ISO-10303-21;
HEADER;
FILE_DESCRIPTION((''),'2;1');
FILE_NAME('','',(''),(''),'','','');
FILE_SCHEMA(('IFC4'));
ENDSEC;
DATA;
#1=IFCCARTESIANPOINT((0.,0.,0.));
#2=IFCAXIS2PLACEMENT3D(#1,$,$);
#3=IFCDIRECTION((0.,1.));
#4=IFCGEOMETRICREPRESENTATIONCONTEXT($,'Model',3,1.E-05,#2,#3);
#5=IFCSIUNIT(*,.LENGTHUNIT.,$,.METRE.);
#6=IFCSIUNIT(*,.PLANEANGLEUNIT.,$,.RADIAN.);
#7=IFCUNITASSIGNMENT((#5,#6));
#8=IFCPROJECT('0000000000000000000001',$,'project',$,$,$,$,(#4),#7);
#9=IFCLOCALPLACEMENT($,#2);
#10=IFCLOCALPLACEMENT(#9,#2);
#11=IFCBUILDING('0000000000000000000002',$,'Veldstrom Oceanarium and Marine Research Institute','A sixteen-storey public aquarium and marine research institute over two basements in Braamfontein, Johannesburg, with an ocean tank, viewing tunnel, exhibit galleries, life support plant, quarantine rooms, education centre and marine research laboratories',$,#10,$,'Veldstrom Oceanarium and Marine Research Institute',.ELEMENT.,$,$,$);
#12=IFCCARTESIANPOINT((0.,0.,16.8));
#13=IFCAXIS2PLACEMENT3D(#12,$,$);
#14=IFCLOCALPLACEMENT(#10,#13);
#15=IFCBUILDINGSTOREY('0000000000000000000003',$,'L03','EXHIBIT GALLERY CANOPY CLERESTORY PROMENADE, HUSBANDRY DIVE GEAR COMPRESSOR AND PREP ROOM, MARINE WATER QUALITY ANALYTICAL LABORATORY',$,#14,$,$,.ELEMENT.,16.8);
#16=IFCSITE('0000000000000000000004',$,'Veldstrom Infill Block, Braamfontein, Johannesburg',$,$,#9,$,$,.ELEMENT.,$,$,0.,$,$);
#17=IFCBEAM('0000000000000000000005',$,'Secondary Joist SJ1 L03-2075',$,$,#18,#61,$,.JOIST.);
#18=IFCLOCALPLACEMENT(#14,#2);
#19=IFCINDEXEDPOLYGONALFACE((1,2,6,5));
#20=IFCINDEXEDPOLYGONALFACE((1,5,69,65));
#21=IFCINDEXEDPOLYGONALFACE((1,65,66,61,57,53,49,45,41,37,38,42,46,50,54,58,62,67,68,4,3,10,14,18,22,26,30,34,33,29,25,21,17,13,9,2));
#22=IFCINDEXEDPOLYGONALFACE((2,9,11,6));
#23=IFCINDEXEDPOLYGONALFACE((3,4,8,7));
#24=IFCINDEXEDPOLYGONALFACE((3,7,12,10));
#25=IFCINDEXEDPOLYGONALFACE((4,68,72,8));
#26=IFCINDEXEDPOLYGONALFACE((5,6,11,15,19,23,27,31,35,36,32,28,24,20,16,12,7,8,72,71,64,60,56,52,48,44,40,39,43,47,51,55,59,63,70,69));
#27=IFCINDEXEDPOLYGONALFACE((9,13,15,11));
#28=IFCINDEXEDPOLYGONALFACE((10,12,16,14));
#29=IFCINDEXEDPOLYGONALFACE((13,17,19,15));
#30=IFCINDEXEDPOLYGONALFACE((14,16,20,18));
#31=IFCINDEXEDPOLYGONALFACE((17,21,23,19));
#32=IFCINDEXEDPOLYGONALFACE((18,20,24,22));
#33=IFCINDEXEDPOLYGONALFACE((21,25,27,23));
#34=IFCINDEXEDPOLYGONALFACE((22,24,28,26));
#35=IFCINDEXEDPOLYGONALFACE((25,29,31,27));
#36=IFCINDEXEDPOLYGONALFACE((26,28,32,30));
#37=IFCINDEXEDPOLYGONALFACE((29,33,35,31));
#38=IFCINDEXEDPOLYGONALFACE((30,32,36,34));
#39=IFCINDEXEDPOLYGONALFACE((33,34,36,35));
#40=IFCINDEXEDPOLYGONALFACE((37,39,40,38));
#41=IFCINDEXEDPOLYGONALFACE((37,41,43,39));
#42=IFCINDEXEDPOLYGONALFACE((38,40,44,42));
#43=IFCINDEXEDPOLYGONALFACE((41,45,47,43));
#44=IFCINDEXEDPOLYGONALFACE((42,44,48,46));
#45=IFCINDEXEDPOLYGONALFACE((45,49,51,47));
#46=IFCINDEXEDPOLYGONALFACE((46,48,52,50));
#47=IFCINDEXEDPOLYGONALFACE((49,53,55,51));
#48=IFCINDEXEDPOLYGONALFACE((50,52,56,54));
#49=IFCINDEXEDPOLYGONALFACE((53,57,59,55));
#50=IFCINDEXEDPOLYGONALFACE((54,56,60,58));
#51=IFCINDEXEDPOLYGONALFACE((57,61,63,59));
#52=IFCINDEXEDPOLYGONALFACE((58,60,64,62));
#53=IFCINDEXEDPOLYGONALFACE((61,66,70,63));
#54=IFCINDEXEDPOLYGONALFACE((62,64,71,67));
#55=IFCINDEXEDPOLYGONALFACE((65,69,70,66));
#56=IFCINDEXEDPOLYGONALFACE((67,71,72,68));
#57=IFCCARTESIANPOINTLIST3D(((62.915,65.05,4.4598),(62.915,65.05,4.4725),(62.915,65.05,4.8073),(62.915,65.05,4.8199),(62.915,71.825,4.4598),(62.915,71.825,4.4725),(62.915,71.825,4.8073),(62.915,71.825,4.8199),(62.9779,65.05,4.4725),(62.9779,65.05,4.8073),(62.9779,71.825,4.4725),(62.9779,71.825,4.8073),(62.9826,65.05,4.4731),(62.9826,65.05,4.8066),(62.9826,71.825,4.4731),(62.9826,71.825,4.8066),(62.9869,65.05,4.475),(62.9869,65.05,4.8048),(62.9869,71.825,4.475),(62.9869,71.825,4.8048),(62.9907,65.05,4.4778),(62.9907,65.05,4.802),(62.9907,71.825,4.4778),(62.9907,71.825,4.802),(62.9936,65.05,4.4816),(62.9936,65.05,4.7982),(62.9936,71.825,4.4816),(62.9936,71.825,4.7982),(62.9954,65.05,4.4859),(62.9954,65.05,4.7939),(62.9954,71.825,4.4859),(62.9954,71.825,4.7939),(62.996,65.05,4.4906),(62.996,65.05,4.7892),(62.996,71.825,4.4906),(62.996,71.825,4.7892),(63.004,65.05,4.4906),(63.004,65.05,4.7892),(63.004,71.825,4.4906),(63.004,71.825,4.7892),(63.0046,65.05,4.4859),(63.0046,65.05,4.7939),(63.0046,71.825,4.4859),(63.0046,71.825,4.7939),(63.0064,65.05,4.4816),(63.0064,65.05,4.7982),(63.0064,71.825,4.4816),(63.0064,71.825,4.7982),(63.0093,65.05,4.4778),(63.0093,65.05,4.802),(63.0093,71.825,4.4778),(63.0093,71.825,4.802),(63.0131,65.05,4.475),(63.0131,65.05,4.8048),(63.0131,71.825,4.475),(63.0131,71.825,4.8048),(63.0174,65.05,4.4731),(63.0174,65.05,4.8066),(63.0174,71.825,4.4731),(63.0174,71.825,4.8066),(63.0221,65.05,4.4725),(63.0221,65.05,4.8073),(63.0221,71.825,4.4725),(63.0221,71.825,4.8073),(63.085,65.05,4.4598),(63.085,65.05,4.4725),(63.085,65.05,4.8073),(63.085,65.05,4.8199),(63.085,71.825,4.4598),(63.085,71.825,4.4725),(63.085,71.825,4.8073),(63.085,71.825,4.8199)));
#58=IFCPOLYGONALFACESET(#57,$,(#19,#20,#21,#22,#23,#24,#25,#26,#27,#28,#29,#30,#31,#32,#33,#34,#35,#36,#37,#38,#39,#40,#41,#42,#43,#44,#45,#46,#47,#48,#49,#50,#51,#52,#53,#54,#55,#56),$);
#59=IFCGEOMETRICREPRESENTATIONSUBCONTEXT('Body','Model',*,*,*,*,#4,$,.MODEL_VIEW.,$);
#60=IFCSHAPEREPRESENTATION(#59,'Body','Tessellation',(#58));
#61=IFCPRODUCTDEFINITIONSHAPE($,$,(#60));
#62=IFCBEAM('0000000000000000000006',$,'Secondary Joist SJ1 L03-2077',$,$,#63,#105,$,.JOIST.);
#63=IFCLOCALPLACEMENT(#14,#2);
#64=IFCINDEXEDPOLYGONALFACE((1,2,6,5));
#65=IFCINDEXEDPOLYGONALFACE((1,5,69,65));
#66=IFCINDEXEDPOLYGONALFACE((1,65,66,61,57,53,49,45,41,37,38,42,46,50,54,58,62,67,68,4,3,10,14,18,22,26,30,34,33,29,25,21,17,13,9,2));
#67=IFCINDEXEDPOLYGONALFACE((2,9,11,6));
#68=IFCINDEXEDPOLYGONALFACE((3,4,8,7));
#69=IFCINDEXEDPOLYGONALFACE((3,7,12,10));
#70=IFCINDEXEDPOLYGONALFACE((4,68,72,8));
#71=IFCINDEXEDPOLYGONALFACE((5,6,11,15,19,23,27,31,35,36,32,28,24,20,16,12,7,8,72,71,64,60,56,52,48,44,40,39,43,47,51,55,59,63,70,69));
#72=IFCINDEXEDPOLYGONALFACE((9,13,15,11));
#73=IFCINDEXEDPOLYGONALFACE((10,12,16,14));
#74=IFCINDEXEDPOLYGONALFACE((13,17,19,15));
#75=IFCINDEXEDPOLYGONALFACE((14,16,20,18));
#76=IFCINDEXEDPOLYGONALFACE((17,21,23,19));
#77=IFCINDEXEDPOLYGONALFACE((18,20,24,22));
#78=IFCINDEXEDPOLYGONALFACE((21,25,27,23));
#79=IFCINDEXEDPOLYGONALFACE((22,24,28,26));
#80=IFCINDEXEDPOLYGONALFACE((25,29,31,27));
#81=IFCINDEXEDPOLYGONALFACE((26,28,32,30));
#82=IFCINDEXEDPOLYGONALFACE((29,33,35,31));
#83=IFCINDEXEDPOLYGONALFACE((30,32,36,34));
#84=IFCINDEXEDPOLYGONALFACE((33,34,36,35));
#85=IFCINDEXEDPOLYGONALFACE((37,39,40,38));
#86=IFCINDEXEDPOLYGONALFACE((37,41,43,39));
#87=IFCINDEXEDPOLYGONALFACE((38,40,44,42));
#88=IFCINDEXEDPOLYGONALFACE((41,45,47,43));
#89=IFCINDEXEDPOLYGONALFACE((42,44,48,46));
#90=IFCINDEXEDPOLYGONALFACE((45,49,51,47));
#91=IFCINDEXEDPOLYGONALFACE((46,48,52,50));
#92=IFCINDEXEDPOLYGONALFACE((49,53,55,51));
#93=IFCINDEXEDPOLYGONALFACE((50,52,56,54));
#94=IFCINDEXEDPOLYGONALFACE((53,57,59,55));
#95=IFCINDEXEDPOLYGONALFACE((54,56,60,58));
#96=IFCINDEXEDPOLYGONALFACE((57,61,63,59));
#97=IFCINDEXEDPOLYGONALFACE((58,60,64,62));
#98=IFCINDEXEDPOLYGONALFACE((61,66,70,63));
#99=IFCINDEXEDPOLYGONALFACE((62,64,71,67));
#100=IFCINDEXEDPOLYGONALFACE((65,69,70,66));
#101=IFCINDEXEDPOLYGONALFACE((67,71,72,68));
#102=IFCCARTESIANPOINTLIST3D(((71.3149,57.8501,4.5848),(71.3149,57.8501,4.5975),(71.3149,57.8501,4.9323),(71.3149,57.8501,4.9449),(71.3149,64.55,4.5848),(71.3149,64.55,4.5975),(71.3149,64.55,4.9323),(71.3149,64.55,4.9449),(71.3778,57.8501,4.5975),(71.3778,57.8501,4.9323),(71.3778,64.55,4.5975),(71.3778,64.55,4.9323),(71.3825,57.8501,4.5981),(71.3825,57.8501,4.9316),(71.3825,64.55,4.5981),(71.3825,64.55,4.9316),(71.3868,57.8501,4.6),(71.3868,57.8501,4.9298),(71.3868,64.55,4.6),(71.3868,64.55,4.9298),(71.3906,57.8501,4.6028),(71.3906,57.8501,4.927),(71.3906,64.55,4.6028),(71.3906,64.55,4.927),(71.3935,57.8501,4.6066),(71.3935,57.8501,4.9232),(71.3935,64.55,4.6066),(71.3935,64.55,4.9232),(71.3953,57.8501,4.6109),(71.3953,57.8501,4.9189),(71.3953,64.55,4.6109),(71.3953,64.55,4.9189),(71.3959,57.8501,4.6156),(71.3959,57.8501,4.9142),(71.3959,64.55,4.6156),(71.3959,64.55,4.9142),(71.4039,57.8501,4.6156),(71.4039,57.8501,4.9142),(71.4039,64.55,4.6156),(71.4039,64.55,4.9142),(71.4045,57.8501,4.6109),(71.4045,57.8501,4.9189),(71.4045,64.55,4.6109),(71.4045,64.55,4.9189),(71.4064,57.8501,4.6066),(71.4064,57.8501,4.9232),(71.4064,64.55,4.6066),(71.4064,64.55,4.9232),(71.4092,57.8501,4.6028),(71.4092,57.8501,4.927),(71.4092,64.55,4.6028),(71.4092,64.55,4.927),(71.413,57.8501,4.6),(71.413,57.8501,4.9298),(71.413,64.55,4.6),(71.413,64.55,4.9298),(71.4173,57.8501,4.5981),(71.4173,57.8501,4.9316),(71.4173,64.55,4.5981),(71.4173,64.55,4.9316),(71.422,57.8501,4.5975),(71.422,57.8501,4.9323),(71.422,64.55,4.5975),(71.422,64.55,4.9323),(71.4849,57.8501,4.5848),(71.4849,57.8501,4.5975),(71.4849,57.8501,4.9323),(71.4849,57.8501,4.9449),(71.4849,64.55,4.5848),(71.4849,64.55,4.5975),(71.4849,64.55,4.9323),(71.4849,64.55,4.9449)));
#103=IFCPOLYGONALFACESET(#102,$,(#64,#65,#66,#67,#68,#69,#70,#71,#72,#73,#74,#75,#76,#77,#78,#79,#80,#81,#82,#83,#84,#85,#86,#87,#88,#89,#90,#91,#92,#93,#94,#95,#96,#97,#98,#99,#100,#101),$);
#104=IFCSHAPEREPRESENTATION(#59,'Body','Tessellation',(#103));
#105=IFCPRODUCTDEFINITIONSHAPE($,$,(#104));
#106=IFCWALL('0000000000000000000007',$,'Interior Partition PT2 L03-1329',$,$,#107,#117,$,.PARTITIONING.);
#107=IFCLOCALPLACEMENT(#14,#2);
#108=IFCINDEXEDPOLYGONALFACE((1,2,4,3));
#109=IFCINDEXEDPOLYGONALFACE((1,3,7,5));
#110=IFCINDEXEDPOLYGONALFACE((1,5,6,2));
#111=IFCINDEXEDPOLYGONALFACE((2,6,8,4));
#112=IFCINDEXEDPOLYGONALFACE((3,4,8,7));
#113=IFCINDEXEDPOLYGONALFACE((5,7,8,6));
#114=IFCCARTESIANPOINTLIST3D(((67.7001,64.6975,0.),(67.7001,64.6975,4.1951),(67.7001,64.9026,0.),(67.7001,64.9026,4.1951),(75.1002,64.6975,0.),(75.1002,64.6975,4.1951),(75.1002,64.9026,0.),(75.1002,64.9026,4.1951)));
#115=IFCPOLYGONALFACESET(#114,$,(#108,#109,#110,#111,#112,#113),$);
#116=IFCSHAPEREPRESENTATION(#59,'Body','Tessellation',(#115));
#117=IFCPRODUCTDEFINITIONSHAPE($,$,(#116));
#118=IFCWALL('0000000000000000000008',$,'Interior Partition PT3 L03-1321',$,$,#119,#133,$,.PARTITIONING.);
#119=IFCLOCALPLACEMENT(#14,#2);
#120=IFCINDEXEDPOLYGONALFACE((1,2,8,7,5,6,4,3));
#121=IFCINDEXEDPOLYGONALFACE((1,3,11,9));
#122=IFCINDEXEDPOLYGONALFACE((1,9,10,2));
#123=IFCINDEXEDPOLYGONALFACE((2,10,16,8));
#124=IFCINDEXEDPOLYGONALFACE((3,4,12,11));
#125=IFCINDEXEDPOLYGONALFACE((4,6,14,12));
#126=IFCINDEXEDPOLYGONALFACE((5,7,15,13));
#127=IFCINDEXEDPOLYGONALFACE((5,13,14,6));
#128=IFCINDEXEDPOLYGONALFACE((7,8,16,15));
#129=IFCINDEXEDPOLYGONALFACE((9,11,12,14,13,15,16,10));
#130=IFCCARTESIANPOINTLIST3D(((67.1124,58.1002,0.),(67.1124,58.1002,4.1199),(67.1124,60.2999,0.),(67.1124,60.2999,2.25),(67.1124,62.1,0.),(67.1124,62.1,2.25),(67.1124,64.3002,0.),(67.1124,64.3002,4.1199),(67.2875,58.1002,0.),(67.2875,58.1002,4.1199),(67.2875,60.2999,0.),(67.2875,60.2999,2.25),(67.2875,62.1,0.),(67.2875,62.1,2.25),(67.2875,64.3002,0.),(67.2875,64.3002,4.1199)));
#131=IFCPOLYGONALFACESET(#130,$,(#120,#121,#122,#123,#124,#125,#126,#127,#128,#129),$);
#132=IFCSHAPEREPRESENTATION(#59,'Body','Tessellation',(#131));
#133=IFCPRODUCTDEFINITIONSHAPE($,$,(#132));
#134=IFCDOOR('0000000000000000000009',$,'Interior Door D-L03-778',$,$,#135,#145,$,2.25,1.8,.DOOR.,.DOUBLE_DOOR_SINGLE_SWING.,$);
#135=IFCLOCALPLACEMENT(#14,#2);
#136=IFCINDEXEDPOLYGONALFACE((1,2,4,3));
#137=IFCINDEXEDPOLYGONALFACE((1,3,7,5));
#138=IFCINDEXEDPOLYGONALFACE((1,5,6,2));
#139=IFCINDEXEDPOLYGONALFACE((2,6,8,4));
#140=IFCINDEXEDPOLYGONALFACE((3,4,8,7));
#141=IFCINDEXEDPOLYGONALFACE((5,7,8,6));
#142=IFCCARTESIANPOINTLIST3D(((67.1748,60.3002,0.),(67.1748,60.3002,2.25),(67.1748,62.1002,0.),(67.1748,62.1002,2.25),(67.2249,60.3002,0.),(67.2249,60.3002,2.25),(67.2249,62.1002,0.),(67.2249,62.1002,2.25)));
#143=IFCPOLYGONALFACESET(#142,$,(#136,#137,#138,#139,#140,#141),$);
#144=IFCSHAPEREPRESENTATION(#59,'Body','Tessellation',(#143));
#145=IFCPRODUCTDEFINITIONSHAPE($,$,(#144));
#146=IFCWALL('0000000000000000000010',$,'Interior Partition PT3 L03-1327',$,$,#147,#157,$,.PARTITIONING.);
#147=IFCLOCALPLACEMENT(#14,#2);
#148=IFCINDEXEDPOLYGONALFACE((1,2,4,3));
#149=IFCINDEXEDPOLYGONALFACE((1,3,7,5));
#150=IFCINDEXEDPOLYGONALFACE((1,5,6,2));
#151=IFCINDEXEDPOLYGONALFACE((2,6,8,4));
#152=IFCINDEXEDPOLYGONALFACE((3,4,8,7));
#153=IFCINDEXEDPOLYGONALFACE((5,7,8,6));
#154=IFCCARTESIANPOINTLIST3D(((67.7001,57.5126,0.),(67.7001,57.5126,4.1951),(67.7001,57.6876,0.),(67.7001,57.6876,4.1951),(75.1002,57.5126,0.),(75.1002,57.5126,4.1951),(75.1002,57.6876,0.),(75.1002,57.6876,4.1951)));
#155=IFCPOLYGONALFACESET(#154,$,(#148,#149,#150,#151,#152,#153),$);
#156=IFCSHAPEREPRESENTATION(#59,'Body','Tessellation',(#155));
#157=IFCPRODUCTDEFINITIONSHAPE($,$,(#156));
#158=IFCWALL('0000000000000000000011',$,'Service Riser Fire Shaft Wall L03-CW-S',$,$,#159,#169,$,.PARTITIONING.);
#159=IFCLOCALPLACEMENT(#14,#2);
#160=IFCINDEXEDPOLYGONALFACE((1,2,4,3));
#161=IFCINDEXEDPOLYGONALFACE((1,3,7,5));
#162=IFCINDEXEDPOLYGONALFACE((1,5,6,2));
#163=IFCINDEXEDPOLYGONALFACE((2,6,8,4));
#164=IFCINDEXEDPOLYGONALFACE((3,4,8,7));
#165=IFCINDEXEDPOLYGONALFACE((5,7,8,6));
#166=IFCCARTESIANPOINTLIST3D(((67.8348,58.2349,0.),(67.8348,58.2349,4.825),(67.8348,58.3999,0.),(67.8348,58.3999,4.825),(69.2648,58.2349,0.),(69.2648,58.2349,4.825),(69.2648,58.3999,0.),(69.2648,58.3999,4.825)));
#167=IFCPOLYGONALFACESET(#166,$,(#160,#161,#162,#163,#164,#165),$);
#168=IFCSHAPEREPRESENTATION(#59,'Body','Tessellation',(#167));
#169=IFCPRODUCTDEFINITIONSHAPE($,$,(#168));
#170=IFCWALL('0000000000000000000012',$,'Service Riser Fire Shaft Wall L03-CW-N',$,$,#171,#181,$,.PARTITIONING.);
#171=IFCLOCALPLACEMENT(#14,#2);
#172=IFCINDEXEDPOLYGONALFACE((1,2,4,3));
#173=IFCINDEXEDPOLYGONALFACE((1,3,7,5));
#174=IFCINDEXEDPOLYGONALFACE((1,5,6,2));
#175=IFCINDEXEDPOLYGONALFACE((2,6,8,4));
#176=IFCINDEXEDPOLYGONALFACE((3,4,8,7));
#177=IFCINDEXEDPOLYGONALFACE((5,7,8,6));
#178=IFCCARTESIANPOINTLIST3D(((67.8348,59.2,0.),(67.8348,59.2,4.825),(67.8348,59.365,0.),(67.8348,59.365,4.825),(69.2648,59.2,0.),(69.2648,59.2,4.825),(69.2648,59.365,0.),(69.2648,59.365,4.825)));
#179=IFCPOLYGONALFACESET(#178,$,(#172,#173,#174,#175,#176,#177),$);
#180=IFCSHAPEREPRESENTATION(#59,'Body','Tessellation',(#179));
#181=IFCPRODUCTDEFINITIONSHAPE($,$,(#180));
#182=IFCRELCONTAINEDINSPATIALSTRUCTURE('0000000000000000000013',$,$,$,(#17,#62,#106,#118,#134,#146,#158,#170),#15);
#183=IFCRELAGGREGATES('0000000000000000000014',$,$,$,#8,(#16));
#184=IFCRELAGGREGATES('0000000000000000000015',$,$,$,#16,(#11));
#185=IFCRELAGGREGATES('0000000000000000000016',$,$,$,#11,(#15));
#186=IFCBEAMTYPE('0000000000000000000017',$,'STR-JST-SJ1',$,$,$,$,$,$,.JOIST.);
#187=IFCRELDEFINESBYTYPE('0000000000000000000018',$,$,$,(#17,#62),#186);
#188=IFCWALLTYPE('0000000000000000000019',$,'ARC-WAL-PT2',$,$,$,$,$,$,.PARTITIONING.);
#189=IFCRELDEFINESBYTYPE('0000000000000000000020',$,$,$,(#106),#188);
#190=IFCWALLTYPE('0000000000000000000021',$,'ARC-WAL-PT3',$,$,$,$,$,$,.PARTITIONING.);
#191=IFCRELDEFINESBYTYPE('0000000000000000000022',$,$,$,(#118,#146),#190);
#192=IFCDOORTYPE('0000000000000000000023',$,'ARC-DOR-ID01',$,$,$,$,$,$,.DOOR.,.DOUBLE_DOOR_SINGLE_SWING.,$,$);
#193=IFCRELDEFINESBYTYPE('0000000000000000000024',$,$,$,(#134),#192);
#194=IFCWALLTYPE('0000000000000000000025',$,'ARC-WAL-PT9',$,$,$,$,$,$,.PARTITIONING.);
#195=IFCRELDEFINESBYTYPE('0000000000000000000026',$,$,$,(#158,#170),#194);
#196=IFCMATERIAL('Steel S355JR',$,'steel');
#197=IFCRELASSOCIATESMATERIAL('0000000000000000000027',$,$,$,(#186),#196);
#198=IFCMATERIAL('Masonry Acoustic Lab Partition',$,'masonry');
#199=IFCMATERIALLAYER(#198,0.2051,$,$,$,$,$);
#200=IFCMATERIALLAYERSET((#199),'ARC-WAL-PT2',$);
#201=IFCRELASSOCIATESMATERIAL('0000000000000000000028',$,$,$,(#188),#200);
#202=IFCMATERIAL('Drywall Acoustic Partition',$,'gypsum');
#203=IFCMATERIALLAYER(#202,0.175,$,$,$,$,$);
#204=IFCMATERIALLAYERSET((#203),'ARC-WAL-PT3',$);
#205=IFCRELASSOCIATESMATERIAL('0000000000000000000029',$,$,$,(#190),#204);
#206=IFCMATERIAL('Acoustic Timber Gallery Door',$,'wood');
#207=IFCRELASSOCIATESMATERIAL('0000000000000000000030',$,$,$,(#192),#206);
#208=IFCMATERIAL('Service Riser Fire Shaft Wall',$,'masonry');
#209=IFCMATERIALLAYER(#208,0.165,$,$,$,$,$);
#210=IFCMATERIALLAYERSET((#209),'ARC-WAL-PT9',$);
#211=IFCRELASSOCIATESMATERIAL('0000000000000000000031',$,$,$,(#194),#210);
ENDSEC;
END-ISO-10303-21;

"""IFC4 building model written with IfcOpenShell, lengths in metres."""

from ifc_helpers import new_model, si_unit, direction, frame, frame_2d, origin, origin_2d, place, context, subcontext, project, spatial, rectangle, i_section, extrude, material, layer, layer_set, material_profile, profile_set, type_object, element, fill, save


model = new_model("IFC4")

# Units and contexts
model_context = context("Model", 3, precision=1e-05, world=origin(), true_north=direction((0.0, 1.0)))
body_context = subcontext(model_context, "Body", "Model", "MODEL_VIEW")
ifc_project = project(units=[si_unit("LENGTHUNIT", "METRE"), si_unit("PLANEANGLEUNIT", "RADIAN")], contexts=[model_context])

# Site, building, storey
site_placement = place(None, origin())
site = spatial("IfcSite", under=ifc_project, at=site_placement, Name="Veldstrom Infill Block, Braamfontein, Johannesburg", CompositionType="ELEMENT", RefElevation=0.0)
building_placement = place(site_placement, origin())
building = spatial("IfcBuilding", under=site, at=building_placement, Name="Veldstrom Oceanarium and Marine Research Institute", Description="A sixteen-storey public aquarium and marine research institute over two basements in Braamfontein, Johannesburg, with an ocean tank, viewing tunnel, exhibit galleries, life support plant, quarantine rooms, education centre and marine research laboratories", LongName="Veldstrom Oceanarium and Marine Research Institute", CompositionType="ELEMENT")
storey_placement = place(building_placement, frame((0.0, 0.0, 16.8)))
storey = spatial("IfcBuildingStorey", under=building, at=storey_placement, Name="L03", Description="EXHIBIT GALLERY CANOPY CLERESTORY PROMENADE, HUSBANDRY DIVE GEAR COMPRESSOR AND PREP ROOM, MARINE WATER QUALITY ANALYTICAL LABORATORY", CompositionType="ELEMENT", Elevation=16.8)

# Beams
ifc_material_1 = material(Name="Steel S355JR", Category="steel")
ifc_material_profile_1 = material_profile(ifc_material_1, i_section(OverallWidth=0.1699, OverallDepth=0.3601, WebThickness=0.0081, FlangeThickness=0.0127, FilletRadius=0.0181, at=origin_2d()), Name="IPE 360")
ifc_profile_set_1 = profile_set([ifc_material_profile_1], Name="Steel S355JR")
beam_type_1 = type_object("IfcBeamType", Name="STR-JST-SJ1", PredefinedType="JOIST", material=ifc_profile_set_1)
beam_1_placement = place(storey_placement, frame((63.0, 65.05, 4.6399), z_axis=(0.0, 1.0, 0.0), x_axis=(-1.0, 0.0, 0.0)))
element("IfcBeam", 1, at=beam_1_placement, inside=storey, type_object=beam_type_1, Name="Secondary Joist SJ1 L03-2075", PredefinedType="JOIST", context=body_context, shape_type="SweptSolid", body=[
    extrude(i_section(OverallWidth=0.1699, OverallDepth=0.3601, WebThickness=0.0081, FlangeThickness=0.0127, FilletRadius=0.0181, at=origin_2d()), origin(), (0.0, 0.0, 1.0), 6.7749),
])
beam_2_placement = place(storey_placement, frame((71.3999, 57.8501, 4.7649), z_axis=(0.0, 1.0, 0.0), x_axis=(-1.0, 0.0, 0.0)))
element("IfcBeam", 2, at=beam_2_placement, inside=storey, type_object=beam_type_1, Name="Secondary Joist SJ1 L03-2077", PredefinedType="JOIST", context=body_context, shape_type="SweptSolid", body=[
    extrude(i_section(OverallWidth=0.1699, OverallDepth=0.3601, WebThickness=0.0081, FlangeThickness=0.0127, FilletRadius=0.0181, at=origin_2d()), origin(), (0.0, 0.0, 1.0), 6.7),
])

# Wall
ifc_material_2 = material(Name="Masonry Acoustic Lab Partition", Category="masonry")
ifc_layer_1 = layer(ifc_material_2, 0.2051)
ifc_layer_set_1 = layer_set([ifc_layer_1], Name="ARC-WAL-PT2")
wall_type_1 = type_object("IfcWallType", Name="ARC-WAL-PT2", PredefinedType="PARTITIONING", material=ifc_layer_set_1)
wall_1_placement = place(storey_placement, frame((67.7, 64.8, 0.0), z_axis=(0.0, 0.0, 1.0), x_axis=(1.0, 0.0, 0.0)))
element("IfcWall", 3, at=wall_1_placement, inside=storey, type_object=wall_type_1, Name="Interior Partition PT2 L03-1329", PredefinedType="PARTITIONING", context=body_context, shape_type="SweptSolid", body=[
    extrude(rectangle(XDim=7.4001, YDim=0.2051, at=frame_2d((3.7002, 0.0))), origin(), (0.0, 0.0, 1.0), 4.1951),
])

# Wall, opening, door
ifc_material_3 = material(Name="Drywall Acoustic Partition", Category="gypsum")
ifc_layer_2 = layer(ifc_material_3, 0.175)
ifc_layer_set_2 = layer_set([ifc_layer_2], Name="ARC-WAL-PT3")
wall_type_2 = type_object("IfcWallType", Name="ARC-WAL-PT3", PredefinedType="PARTITIONING", material=ifc_layer_set_2)
wall_2_placement = place(storey_placement, frame((67.2, 58.1001, 0.0), z_axis=(0.0, 0.0, 1.0), x_axis=(0.0, 1.0, 0.0)))
wall_2 = element("IfcWall", 4, at=wall_2_placement, inside=storey, type_object=wall_type_2, Name="Interior Partition PT3 L03-1321", PredefinedType="PARTITIONING", context=body_context, shape_type="SweptSolid", body=[
    extrude(rectangle(XDim=6.2, YDim=0.175, at=frame_2d((3.1001, 0.0))), origin(), (0.0, 0.0, 1.0), 4.1199),
])
opening_placement = place(wall_2_placement, frame((2.2, 0.0, 0.0)))
opening = element("IfcOpeningElement", 5, at=opening_placement, cuts=wall_2, PredefinedType="OPENING", context=body_context, shape_type="SweptSolid", body=[
    extrude(rectangle(XDim=1.8, YDim=2.25, at=frame_2d((0.8999, 1.125))), frame((0.0, 0.0974, 0.0), z_axis=(0.0, -1.0, 0.0), x_axis=(1.0, 0.0, 0.0)), (0.0, 0.0, 1.0), 0.1951),
])
ifc_material_4 = material(Name="Acoustic Timber Gallery Door", Category="wood")
door_type = type_object("IfcDoorType", Name="ARC-DOR-ID01", OperationType="DOUBLE_DOOR_SINGLE_SWING", PredefinedType="DOOR", material=ifc_material_4)
door_placement = place(opening_placement, frame((1.8, 0.0, 0.0), z_axis=(0.0, 0.0, 1.0), x_axis=(-1.0, 0.0, 0.0)))
door = element("IfcDoor", 6, at=door_placement, inside=storey, type_object=door_type, Name="Interior Door D-L03-778", OperationType="DOUBLE_DOOR_SINGLE_SWING", OverallHeight=2.25, OverallWidth=1.8, PredefinedType="DOOR", context=body_context, shape_type="SweptSolid", body=[
    extrude(rectangle(XDim=1.8, YDim=2.25, at=frame_2d((0.8999, 1.125))), frame((0.0, 0.0249, 0.0), z_axis=(0.0, -1.0, 0.0), x_axis=(1.0, 0.0, 0.0)), (0.0, 0.0, 1.0), 0.05),
])
fill(opening, door)

# Walls
wall_3_placement = place(storey_placement, frame((67.7, 57.6001, 0.0), z_axis=(0.0, 0.0, 1.0), x_axis=(1.0, 0.0, 0.0)))
element("IfcWall", 7, at=wall_3_placement, inside=storey, type_object=wall_type_2, Name="Interior Partition PT3 L03-1327", PredefinedType="PARTITIONING", context=body_context, shape_type="SweptSolid", body=[
    extrude(rectangle(XDim=7.4001, YDim=0.175, at=frame_2d((3.7002, 0.0))), origin(), (0.0, 0.0, 1.0), 4.1951),
])
ifc_material_5 = material(Name="Service Riser Fire Shaft Wall", Category="masonry")
ifc_layer_3 = layer(ifc_material_5, 0.165)
ifc_layer_set_3 = layer_set([ifc_layer_3], Name="ARC-WAL-PT9")
wall_type_3 = type_object("IfcWallType", Name="ARC-WAL-PT9", PredefinedType="PARTITIONING", material=ifc_layer_set_3)
for number, where, z_axis, x_axis, name in (
    (8, (67.835, 58.3174, 0.0), (0.0, 0.0, 1.0), (1.0, 0.0, 0.0), "Service Riser Fire Shaft Wall L03-CW-S"),
    (9, (67.835, 59.2825, 0.0), (0.0, 0.0, 1.0), (1.0, 0.0, 0.0), "Service Riser Fire Shaft Wall L03-CW-N"),
):
    element("IfcWall", number, at=place(storey_placement, frame(where, z_axis=z_axis, x_axis=x_axis)), inside=storey, type_object=wall_type_3, Name=name, PredefinedType="PARTITIONING", context=body_context, shape_type="SweptSolid", body=[
        extrude(rectangle(XDim=1.4299, YDim=0.165, at=frame_2d((0.7148, 0.0))), origin(), (0.0, 0.0, 1.0), 4.825),
    ])

save(model, "model.ifc")
